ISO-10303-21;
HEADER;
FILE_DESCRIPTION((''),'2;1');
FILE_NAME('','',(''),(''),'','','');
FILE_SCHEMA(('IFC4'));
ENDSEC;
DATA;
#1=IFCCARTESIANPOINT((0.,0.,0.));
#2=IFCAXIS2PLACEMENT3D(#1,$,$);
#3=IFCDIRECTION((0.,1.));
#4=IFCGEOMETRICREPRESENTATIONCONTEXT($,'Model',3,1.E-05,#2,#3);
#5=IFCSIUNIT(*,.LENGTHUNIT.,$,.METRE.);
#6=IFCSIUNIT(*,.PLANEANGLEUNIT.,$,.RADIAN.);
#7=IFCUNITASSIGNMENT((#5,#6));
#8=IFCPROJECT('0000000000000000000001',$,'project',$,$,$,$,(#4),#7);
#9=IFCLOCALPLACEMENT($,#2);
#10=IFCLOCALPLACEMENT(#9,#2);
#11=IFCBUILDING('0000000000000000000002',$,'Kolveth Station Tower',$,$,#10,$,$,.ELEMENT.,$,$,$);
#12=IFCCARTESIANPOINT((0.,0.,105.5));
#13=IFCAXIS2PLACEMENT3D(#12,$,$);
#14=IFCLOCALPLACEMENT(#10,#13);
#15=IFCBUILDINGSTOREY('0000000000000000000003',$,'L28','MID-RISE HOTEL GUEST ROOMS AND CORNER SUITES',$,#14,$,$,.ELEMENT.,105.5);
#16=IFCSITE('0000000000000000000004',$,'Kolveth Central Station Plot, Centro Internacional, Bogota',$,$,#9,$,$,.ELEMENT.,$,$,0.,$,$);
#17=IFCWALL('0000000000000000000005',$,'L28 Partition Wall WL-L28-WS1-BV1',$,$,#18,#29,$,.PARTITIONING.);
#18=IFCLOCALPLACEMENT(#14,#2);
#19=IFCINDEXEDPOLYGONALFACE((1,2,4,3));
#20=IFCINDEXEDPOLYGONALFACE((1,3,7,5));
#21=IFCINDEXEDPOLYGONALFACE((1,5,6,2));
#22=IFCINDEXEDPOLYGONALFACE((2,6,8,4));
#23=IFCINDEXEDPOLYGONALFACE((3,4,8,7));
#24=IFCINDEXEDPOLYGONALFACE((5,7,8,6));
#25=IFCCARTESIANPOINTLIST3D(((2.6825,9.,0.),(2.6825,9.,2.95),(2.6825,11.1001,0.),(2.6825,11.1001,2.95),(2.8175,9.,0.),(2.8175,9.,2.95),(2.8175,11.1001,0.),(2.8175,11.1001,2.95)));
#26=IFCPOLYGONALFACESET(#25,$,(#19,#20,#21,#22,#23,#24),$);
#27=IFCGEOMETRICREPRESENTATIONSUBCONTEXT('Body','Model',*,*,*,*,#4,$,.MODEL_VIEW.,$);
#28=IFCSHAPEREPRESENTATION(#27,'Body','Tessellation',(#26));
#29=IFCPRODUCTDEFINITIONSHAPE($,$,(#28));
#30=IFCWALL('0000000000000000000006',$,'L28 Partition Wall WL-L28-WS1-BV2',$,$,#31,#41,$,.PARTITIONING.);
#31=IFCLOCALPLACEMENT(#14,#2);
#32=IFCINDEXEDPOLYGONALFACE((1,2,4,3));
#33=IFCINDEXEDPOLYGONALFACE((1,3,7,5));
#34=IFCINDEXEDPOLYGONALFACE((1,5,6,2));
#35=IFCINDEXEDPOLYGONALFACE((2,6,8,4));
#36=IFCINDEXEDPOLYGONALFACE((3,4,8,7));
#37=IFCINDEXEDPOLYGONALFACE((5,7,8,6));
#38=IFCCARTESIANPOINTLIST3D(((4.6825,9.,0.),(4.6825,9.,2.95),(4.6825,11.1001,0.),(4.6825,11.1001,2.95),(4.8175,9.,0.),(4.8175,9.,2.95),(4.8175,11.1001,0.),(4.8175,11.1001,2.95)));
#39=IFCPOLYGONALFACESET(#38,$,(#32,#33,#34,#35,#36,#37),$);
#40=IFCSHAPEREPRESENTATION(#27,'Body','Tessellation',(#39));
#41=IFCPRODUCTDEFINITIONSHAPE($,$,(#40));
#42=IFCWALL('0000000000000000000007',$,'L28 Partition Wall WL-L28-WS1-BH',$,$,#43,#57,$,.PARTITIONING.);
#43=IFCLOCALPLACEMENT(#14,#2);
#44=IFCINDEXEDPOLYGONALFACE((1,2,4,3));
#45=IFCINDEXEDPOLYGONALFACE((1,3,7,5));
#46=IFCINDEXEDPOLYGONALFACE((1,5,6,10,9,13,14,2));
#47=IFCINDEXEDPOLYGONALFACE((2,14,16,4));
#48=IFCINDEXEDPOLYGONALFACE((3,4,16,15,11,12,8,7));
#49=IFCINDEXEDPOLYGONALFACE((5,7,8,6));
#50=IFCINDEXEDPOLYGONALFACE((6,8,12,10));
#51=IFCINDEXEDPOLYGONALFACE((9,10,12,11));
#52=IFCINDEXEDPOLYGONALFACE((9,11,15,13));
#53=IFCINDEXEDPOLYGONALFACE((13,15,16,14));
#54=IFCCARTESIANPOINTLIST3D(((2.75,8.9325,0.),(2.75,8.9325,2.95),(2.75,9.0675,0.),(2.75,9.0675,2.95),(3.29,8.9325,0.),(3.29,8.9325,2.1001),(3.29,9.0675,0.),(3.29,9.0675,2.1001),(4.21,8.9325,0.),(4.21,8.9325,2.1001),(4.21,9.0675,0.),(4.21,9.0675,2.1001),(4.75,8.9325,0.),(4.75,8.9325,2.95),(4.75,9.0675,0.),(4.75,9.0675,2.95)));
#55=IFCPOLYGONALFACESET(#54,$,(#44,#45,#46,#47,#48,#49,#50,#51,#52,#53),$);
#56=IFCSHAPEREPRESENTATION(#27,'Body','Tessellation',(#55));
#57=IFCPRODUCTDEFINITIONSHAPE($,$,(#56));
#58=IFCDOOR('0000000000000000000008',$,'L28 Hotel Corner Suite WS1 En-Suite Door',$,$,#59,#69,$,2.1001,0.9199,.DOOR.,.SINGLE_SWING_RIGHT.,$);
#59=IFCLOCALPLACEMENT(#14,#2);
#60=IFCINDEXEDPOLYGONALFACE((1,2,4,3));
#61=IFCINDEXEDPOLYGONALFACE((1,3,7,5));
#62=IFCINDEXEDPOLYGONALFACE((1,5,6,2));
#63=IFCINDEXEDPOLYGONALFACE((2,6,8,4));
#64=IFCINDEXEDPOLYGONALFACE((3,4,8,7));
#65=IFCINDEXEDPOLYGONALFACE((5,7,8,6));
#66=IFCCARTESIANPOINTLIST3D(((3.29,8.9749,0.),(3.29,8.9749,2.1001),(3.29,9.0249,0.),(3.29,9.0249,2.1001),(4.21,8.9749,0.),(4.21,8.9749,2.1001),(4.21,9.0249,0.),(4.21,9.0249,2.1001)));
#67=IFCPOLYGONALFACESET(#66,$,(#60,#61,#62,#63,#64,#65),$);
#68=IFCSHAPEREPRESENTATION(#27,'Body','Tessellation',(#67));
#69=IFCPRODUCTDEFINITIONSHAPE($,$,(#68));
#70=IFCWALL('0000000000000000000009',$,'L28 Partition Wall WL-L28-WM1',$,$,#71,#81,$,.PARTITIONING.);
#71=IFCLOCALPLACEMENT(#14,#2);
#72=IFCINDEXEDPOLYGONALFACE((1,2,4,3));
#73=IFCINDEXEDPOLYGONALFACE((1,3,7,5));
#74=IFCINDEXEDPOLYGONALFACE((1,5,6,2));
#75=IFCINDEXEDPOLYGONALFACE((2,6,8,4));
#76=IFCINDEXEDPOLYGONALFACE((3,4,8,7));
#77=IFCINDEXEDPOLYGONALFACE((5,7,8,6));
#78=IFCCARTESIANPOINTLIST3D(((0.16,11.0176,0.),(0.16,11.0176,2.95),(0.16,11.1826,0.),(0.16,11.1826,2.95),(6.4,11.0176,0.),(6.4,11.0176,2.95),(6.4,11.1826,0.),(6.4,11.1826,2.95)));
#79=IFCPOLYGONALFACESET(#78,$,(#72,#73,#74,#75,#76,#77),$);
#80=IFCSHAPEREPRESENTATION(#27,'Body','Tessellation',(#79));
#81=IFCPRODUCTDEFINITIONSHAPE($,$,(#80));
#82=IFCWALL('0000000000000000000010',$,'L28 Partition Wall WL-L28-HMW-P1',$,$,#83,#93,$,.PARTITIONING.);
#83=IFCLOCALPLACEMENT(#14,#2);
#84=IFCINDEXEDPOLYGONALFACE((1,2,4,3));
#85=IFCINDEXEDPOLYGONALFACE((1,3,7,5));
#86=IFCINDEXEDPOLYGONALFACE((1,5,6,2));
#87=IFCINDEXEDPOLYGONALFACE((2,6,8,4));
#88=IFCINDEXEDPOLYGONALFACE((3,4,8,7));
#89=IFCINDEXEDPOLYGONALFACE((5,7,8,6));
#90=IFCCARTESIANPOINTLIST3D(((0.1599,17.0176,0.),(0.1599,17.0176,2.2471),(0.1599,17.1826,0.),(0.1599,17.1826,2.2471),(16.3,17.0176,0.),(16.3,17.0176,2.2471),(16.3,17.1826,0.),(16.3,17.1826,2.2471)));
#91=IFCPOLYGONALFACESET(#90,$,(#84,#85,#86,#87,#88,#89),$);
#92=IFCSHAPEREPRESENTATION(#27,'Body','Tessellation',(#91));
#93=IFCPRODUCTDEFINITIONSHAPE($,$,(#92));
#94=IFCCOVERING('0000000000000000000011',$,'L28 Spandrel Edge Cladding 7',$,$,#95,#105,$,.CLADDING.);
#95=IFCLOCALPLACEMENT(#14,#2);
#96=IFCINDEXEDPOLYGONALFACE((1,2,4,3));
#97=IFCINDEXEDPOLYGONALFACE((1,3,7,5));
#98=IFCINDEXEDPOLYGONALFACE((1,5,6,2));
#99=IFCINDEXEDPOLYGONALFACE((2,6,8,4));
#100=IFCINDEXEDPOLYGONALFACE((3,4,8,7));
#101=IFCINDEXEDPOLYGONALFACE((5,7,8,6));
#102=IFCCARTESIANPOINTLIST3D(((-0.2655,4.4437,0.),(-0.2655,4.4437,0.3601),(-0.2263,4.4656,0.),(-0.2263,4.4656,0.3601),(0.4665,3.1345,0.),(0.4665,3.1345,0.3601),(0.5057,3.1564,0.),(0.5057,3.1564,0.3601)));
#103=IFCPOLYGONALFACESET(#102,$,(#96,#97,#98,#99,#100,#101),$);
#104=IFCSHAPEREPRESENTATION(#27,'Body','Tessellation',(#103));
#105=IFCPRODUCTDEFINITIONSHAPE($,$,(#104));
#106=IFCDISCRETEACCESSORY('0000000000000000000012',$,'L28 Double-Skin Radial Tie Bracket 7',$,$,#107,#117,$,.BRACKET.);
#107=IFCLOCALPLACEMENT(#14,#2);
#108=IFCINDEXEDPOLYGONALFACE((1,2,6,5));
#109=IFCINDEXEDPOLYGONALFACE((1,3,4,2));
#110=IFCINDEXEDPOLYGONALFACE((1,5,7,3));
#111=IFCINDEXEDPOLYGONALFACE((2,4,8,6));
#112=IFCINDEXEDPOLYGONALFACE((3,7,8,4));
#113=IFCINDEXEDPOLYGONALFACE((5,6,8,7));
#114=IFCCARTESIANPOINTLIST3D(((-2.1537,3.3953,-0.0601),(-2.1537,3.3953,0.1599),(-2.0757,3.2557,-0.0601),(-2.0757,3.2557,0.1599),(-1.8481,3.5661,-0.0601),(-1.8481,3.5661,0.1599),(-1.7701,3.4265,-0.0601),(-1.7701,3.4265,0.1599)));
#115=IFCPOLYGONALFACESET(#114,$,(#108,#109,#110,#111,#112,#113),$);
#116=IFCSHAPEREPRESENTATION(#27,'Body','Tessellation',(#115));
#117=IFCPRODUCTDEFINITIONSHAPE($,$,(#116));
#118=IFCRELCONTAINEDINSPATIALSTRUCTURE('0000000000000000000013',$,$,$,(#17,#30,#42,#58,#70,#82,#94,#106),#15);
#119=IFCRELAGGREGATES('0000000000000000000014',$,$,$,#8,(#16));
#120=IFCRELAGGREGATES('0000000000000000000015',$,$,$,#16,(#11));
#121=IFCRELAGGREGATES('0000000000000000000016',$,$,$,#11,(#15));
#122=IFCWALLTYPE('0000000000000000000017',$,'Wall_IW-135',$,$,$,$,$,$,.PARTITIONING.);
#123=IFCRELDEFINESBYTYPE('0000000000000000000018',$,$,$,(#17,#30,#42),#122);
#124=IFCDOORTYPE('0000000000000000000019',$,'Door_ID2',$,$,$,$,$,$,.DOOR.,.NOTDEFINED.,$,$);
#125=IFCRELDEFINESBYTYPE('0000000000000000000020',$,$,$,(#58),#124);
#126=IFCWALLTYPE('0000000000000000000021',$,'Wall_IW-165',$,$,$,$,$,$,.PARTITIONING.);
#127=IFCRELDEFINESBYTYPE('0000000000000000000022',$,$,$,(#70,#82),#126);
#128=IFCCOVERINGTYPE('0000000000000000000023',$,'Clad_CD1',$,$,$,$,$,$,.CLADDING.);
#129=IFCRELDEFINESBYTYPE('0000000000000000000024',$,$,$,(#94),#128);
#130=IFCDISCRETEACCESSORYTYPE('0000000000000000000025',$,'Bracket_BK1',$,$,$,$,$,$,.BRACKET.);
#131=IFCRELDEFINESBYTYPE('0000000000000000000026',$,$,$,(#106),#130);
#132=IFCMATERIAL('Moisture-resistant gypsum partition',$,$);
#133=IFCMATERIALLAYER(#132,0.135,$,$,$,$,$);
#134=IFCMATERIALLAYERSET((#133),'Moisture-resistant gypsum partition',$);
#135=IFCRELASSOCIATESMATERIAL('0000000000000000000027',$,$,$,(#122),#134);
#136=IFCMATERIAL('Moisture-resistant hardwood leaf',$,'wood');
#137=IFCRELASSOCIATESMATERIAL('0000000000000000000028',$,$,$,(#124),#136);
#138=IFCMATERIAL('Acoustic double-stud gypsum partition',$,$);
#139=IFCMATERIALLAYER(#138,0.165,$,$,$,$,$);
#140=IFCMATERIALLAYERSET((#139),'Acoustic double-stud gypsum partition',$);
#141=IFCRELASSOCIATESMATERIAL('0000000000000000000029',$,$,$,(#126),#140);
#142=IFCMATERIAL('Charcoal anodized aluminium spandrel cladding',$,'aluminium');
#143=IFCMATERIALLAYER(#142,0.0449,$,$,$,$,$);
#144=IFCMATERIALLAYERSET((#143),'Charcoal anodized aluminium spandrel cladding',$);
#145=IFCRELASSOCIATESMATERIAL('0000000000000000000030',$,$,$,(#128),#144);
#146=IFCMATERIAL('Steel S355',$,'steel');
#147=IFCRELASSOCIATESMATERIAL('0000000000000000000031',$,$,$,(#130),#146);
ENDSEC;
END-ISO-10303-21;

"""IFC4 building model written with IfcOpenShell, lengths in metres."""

from ifc_helpers import new_model, si_unit, direction, frame, frame_2d, origin, origin_2d, place, context, subcontext, project, spatial, rectangle, extrude, source, transform, mapped, material, layer, layer_set, type_object, element, fill, save


model = new_model("IFC4")

# Units and contexts
model_context = context("Model", 3, precision=1e-05, world=origin(), true_north=direction((0.0, 1.0)))
body_context = subcontext(model_context, "Body", "Model", "MODEL_VIEW")
ifc_project = project(units=[si_unit("LENGTHUNIT", "METRE"), si_unit("PLANEANGLEUNIT", "RADIAN")], contexts=[model_context])

# Site, building, storey
site_placement = place(None, origin())
site = spatial("IfcSite", under=ifc_project, at=site_placement, Name="Kolveth Central Station Plot, Centro Internacional, Bogota", CompositionType="ELEMENT", RefElevation=0.0)
building_placement = place(site_placement, origin())
building = spatial("IfcBuilding", under=site, at=building_placement, Name="Kolveth Station Tower", CompositionType="ELEMENT")
storey_placement = place(building_placement, frame((0.0, 0.0, 105.5)))
storey = spatial("IfcBuildingStorey", under=building, at=storey_placement, Name="L28", Description="MID-RISE HOTEL GUEST ROOMS AND CORNER SUITES", CompositionType="ELEMENT", Elevation=105.5)

# Shared definitions
ifc_material_1 = material(Name="Steel S355", Category="steel")

# Walls
ifc_material_2 = material(Name="Moisture-resistant gypsum partition")
ifc_layer_1 = layer(ifc_material_2, 0.135)
ifc_layer_set_1 = layer_set([ifc_layer_1], Name="Moisture-resistant gypsum partition")
wall_type_1 = type_object("IfcWallType", Name="Wall_IW-135", PredefinedType="PARTITIONING", material=ifc_layer_set_1)
for number, where, z_axis, x_axis, name in (
    (1, (2.75, 9.0, 0.0), (0.0, 0.0, 1.0), (0.0, 1.0, 0.0), "L28 Partition Wall WL-L28-WS1-BV1"),
    (2, (4.75, 9.0, 0.0), (0.0, 0.0, 1.0), (0.0, 1.0, 0.0), "L28 Partition Wall WL-L28-WS1-BV2"),
):
    element("IfcWall", number, at=place(storey_placement, frame(where, z_axis=z_axis, x_axis=x_axis)), inside=storey, type_object=wall_type_1, Name=name, PredefinedType="PARTITIONING", context=body_context, shape_type="SweptSolid", body=[
        extrude(rectangle(XDim=2.1001, YDim=0.135, at=frame_2d((1.05, 0.0))), origin(), (0.0, 0.0, 1.0), 2.95),
    ])

# Wall, opening, door
wall_1_placement = place(storey_placement, frame((2.75, 9.0, 0.0), z_axis=(0.0, 0.0, 1.0), x_axis=(1.0, 0.0, 0.0)))
wall_1 = element("IfcWall", 3, at=wall_1_placement, inside=storey, type_object=wall_type_1, Name="L28 Partition Wall WL-L28-WS1-BH", PredefinedType="PARTITIONING", context=body_context, shape_type="SweptSolid", body=[
    extrude(rectangle(XDim=2.0, YDim=0.135, at=frame_2d((1.0, 0.0))), origin(), (0.0, 0.0, 1.0), 2.95),
])
opening_placement = place(wall_1_placement, frame((0.54, 0.0, 0.0)))
opening = element("IfcOpeningElement", 4, at=opening_placement, cuts=wall_1, PredefinedType="OPENING", context=body_context, shape_type="SweptSolid", body=[
    extrude(rectangle(XDim=0.9199, YDim=2.1001, at=frame_2d((0.46, 1.05))), frame((0.0, 0.0774, 0.0), z_axis=(0.0, -1.0, 0.0), x_axis=(1.0, 0.0, 0.0)), (0.0, 0.0, 1.0), 0.155),
])
ifc_material_3 = material(Name="Moisture-resistant hardwood leaf", Category="wood")
door_type = type_object("IfcDoorType", Name="Door_ID2", OperationType="NOTDEFINED", PredefinedType="DOOR", material=ifc_material_3)
door_placement = place(opening_placement, origin())
door = element("IfcDoor", 5, at=door_placement, inside=storey, type_object=door_type, Name="L28 Hotel Corner Suite WS1 En-Suite Door", OperationType="SINGLE_SWING_RIGHT", OverallHeight=2.1001, OverallWidth=0.9199, PredefinedType="DOOR", context=body_context, shape_type="SweptSolid", body=[
    extrude(rectangle(XDim=0.9199, YDim=2.1001, at=frame_2d((0.46, 1.05))), frame((0.0, 0.0249, 0.0), z_axis=(0.0, -1.0, 0.0), x_axis=(1.0, 0.0, 0.0)), (0.0, 0.0, 1.0), 0.05),
])
fill(opening, door)

# Walls
ifc_material_4 = material(Name="Acoustic double-stud gypsum partition")
ifc_layer_2 = layer(ifc_material_4, 0.165)
ifc_layer_set_2 = layer_set([ifc_layer_2], Name="Acoustic double-stud gypsum partition")
wall_type_2 = type_object("IfcWallType", Name="Wall_IW-165", PredefinedType="PARTITIONING", material=ifc_layer_set_2)
wall_2_placement = place(storey_placement, frame((0.1599, 11.1001, 0.0), z_axis=(0.0, 0.0, 1.0), x_axis=(1.0, 0.0, 0.0)))
element("IfcWall", 6, at=wall_2_placement, inside=storey, type_object=wall_type_2, Name="L28 Partition Wall WL-L28-WM1", PredefinedType="PARTITIONING", context=body_context, shape_type="SweptSolid", body=[
    extrude(rectangle(XDim=6.24, YDim=0.165, at=frame_2d((3.1201, 0.0))), origin(), (0.0, 0.0, 1.0), 2.95),
])
wall_3_placement = place(storey_placement, frame((0.1599, 17.1001, 0.0), z_axis=(0.0, 0.0, 1.0), x_axis=(1.0, 0.0, 0.0)))
element("IfcWall", 7, at=wall_3_placement, inside=storey, type_object=wall_type_2, Name="L28 Partition Wall WL-L28-HMW-P1", PredefinedType="PARTITIONING", context=body_context, shape_type="SweptSolid", body=[
    extrude(rectangle(XDim=16.1401, YDim=0.165, at=frame_2d((8.0701, 0.0))), origin(), (0.0, 0.0, 1.0), 2.2471),
])

# Covering
ifc_material_5 = material(Name="Charcoal anodized aluminium spandrel cladding", Category="aluminium")
ifc_layer_3 = layer(ifc_material_5, 0.0449)
ifc_layer_set_3 = layer_set([ifc_layer_3], Name="Charcoal anodized aluminium spandrel cladding")
covering_type = type_object("IfcCoveringType", Name="Clad_CD1", PredefinedType="CLADDING", material=ifc_layer_set_3)
shared_shape_1 = source(origin(), body_context, "Body", "SweptSolid", [
    extrude(rectangle(XDim=1.5, YDim=0.0449, at=origin_2d()), origin(), (0.0, 0.0, 1.0), 0.3601),
])
covering_placement = place(storey_placement, frame((0.1201, 3.8, 0.0), z_axis=(0.0, 0.0, 1.0), x_axis=(0.488012, -0.872837, 0.0)))
element("IfcCovering", 8, at=covering_placement, inside=storey, type_object=covering_type, Name="L28 Spandrel Edge Cladding 7", PredefinedType="CLADDING", context=body_context, shape_type="MappedRepresentation", body=[
    mapped(shared_shape_1, transform((0.0, 0.0, 0.0), x_axis=(1.0, 0.0, 0.0), y_axis=(0.0, 1.0, 0.0), z_axis=(0.0, 0.0, 1.0), scale=1.0)),
])

# Discrete accessory
discrete_accessory_type = type_object("IfcDiscreteAccessoryType", Name="Bracket_BK1", PredefinedType="BRACKET", material=ifc_material_1)
shared_shape_2 = source(origin(), body_context, "Body", "SweptSolid", [
    extrude(rectangle(XDim=0.3501, YDim=0.1599, at=origin_2d()), origin(), (0.0, 0.0, 1.0), 0.22),
])
discrete_accessory_placement = place(storey_placement, frame((-1.9619, 3.4109, -0.0601), z_axis=(0.0, 0.0, 1.0), x_axis=(-0.872837, -0.488012, 0.0)))
element("IfcDiscreteAccessory", 9, at=discrete_accessory_placement, inside=storey, type_object=discrete_accessory_type, Name="L28 Double-Skin Radial Tie Bracket 7", PredefinedType="BRACKET", context=body_context, shape_type="MappedRepresentation", body=[
    mapped(shared_shape_2, transform((0.0, 0.0, 0.0), x_axis=(1.0, 0.0, 0.0), y_axis=(0.0, 1.0, 0.0), z_axis=(0.0, 0.0, 1.0), scale=1.0)),
])

save(model, "model.ifc")
